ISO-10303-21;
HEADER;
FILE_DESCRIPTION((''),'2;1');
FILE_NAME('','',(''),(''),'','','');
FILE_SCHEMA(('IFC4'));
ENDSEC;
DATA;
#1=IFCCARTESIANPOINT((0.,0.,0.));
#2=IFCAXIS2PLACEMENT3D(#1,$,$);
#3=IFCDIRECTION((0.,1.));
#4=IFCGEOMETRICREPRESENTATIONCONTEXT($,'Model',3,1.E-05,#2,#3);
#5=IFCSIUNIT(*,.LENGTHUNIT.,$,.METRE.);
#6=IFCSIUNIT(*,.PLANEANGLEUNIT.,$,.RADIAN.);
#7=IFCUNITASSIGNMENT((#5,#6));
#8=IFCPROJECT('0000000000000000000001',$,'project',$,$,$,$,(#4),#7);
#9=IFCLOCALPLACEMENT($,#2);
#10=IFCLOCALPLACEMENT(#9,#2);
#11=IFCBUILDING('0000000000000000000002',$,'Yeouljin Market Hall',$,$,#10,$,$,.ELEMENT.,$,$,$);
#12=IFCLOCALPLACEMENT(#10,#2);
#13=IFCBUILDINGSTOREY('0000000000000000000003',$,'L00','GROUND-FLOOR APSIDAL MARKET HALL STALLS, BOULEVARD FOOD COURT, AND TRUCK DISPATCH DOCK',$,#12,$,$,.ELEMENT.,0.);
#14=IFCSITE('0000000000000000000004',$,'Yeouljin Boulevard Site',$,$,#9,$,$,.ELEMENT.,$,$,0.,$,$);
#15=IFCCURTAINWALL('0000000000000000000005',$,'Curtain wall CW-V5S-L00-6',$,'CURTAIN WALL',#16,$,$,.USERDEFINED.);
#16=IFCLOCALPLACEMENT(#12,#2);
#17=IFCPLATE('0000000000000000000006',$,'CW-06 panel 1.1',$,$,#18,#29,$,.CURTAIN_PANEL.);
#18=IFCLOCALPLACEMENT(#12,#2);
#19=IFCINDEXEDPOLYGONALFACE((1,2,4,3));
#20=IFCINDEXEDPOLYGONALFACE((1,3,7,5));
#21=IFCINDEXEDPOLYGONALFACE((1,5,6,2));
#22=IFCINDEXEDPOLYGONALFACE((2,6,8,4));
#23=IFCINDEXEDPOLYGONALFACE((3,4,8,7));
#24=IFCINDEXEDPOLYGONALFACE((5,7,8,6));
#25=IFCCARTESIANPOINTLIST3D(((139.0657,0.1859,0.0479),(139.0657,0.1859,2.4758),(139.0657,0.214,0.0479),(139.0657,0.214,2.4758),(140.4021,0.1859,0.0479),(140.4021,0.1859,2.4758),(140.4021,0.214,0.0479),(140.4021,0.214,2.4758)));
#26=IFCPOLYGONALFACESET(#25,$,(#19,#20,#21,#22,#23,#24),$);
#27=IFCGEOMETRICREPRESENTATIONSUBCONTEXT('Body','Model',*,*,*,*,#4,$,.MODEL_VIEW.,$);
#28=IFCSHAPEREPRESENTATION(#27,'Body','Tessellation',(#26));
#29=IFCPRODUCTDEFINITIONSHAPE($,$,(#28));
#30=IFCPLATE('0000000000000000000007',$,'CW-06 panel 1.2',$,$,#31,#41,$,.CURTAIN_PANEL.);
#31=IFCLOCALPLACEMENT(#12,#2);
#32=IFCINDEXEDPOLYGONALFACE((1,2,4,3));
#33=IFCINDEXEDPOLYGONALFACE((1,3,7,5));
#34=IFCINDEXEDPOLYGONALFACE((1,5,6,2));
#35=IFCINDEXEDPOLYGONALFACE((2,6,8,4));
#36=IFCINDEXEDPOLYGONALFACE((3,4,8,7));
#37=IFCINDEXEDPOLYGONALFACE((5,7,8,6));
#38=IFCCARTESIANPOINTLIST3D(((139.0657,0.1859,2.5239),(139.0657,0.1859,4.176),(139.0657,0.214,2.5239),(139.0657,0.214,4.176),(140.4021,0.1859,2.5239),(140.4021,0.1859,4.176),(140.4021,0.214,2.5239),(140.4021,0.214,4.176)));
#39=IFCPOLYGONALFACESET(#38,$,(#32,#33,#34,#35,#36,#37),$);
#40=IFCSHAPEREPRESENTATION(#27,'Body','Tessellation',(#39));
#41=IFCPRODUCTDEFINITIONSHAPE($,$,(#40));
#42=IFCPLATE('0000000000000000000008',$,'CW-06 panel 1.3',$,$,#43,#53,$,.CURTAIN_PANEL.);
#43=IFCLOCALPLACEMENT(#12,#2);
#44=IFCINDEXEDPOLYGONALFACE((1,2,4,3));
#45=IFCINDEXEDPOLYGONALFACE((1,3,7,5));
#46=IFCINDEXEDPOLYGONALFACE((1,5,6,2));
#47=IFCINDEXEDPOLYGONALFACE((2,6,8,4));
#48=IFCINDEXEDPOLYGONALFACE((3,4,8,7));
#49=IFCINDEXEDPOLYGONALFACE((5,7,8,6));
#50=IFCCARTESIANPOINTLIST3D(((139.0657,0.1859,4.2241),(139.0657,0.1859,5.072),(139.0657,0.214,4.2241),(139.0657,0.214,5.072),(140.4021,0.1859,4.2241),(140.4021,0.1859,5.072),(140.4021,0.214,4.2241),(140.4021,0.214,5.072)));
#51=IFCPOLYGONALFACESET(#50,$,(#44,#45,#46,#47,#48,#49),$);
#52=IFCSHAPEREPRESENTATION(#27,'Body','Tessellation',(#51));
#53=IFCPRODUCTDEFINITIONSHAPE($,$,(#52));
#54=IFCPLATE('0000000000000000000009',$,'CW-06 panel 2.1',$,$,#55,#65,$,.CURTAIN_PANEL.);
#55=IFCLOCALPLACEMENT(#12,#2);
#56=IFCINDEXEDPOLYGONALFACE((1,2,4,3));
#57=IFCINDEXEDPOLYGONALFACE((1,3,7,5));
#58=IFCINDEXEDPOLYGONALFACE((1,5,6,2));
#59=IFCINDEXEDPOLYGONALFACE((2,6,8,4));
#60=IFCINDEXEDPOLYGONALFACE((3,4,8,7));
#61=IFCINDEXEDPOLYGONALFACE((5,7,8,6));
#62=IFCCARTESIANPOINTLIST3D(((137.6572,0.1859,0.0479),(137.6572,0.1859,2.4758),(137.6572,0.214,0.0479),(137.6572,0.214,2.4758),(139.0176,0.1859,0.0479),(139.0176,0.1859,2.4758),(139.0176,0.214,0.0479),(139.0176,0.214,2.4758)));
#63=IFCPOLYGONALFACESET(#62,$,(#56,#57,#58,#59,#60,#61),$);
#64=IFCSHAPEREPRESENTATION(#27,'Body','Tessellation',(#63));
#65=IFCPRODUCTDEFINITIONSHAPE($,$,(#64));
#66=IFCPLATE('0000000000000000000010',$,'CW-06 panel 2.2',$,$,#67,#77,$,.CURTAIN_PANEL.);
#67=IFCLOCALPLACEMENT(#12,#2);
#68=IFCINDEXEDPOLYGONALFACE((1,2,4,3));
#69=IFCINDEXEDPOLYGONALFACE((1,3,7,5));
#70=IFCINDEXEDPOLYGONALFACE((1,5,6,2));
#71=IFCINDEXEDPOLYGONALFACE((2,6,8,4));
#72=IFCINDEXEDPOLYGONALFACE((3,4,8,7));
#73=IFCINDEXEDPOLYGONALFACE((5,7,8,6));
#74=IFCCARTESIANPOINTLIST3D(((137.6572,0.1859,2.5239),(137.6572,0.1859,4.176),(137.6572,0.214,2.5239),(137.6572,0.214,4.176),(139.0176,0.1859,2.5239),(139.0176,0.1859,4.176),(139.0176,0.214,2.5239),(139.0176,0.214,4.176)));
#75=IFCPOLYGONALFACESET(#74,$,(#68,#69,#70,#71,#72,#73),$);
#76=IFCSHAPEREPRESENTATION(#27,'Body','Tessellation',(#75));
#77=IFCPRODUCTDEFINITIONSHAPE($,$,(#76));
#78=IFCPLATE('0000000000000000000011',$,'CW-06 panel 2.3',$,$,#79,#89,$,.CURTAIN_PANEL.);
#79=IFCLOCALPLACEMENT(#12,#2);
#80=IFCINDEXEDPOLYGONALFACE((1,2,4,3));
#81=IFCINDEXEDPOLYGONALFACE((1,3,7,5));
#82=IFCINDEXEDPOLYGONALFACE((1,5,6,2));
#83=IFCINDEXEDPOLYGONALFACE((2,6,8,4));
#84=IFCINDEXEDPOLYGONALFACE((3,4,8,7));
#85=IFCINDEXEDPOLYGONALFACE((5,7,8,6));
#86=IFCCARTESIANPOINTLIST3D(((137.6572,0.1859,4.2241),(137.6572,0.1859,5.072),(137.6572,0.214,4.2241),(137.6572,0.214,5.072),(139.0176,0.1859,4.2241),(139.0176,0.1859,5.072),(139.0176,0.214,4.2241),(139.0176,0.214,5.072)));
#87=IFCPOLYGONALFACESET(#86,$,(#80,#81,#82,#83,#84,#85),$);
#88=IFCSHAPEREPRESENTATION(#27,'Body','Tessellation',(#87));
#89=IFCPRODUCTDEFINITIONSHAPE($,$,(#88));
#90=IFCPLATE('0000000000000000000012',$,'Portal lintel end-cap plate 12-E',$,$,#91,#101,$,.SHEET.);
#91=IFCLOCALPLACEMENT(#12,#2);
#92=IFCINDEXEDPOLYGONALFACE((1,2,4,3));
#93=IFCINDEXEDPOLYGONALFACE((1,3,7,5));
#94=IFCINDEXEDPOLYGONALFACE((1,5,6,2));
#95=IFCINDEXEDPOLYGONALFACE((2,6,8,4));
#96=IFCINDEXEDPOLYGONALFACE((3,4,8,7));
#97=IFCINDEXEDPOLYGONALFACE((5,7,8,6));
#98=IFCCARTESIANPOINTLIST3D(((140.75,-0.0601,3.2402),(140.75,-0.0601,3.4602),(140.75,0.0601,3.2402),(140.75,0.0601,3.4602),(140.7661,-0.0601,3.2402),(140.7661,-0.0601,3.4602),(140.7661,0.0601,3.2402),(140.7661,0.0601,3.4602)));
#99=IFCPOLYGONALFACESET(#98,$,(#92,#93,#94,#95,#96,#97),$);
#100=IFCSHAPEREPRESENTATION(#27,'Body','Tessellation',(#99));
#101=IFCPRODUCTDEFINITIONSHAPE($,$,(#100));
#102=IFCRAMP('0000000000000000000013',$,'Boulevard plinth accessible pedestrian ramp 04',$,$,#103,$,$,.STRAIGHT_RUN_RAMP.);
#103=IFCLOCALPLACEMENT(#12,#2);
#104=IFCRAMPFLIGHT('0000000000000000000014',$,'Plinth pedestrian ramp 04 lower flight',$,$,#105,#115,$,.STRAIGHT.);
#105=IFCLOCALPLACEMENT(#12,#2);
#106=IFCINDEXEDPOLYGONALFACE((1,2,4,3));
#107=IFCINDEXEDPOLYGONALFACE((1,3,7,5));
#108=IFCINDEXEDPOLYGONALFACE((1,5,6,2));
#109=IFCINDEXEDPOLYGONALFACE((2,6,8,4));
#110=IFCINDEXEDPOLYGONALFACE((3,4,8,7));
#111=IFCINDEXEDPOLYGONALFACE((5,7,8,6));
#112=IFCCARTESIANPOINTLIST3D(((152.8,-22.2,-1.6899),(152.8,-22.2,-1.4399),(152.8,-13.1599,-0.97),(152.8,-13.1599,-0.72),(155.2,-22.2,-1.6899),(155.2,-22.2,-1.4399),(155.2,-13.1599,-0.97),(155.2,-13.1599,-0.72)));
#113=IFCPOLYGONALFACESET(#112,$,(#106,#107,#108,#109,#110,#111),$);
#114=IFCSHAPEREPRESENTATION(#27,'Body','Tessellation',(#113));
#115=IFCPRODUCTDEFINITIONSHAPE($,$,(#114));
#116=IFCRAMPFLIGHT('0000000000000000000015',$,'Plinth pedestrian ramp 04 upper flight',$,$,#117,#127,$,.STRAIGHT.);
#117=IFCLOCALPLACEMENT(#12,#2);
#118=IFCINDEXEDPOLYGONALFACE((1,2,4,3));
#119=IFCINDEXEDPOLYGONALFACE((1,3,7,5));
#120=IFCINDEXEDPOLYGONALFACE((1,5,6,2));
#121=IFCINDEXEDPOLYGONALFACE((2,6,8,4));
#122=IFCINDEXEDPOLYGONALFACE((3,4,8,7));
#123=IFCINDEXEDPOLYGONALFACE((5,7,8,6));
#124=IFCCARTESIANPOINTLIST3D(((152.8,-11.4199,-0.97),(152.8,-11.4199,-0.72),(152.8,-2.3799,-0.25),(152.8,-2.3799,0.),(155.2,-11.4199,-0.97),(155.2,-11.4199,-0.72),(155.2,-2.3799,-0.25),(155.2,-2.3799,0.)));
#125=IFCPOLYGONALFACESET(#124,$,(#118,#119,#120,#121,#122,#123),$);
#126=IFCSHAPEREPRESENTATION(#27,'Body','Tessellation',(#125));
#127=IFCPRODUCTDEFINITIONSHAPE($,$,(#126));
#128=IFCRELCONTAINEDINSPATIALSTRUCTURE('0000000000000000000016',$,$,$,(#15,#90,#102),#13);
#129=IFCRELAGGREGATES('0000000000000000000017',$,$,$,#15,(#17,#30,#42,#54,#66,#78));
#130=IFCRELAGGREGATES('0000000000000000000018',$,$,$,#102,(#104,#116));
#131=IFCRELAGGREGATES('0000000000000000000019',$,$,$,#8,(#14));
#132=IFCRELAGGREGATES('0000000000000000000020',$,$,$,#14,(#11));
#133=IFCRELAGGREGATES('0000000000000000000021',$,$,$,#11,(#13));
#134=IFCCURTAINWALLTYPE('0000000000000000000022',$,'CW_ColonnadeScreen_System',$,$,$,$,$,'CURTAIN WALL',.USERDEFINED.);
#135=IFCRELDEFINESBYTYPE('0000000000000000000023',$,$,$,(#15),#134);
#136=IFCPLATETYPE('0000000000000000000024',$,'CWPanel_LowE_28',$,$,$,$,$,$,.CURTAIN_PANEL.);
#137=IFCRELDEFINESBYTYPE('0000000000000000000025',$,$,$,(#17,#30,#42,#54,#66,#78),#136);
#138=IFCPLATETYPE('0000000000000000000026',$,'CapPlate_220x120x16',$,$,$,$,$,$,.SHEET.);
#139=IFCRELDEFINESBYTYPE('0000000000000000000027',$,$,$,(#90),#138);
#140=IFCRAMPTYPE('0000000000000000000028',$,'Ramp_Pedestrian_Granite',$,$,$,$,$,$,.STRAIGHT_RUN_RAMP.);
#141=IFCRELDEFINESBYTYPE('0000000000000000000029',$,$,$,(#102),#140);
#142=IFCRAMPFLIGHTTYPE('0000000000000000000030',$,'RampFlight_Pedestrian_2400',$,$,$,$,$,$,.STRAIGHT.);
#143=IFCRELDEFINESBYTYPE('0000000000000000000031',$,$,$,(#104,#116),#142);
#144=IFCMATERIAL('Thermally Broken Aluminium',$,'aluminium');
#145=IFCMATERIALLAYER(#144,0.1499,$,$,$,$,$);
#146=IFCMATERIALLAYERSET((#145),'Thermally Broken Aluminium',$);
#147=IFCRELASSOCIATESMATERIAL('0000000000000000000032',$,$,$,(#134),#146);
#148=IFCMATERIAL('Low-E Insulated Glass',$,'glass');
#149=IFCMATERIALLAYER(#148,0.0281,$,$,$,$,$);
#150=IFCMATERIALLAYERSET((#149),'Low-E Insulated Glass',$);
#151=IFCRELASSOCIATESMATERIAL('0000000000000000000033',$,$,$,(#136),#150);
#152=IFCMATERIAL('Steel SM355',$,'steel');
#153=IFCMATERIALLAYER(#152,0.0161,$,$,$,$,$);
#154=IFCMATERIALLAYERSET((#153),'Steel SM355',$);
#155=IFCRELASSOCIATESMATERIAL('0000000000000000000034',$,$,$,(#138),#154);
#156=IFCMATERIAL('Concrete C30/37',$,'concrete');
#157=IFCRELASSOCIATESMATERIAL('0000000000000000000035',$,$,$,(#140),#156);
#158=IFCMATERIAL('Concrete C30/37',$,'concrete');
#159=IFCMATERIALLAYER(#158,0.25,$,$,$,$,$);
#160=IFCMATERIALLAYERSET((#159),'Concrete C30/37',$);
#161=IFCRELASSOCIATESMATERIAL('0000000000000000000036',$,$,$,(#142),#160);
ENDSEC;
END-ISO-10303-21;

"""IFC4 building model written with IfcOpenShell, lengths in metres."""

from ifc_helpers import new_model, si_unit, direction, frame, origin, origin_2d, place, context, subcontext, project, spatial, polyline, rectangle, outline, extrude, material, layer, layer_set, type_object, element, aggregate, save


model = new_model("IFC4")

# Units and contexts
model_context = context("Model", 3, precision=1e-05, world=origin(), true_north=direction((0.0, 1.0)))
body_context = subcontext(model_context, "Body", "Model", "MODEL_VIEW")
ifc_project = project(units=[si_unit("LENGTHUNIT", "METRE"), si_unit("PLANEANGLEUNIT", "RADIAN")], contexts=[model_context])

# Site, building, storey
site_placement = place(None, origin())
site = spatial("IfcSite", under=ifc_project, at=site_placement, Name="Yeouljin Boulevard Site", CompositionType="ELEMENT", RefElevation=0.0)
building_placement = place(site_placement, origin())
building = spatial("IfcBuilding", under=site, at=building_placement, Name="Yeouljin Market Hall", CompositionType="ELEMENT")
storey_placement = place(building_placement, origin())
storey = spatial("IfcBuildingStorey", under=building, at=storey_placement, Name="L00", Description="GROUND-FLOOR APSIDAL MARKET HALL STALLS, BOULEVARD FOOD COURT, AND TRUCK DISPATCH DOCK", CompositionType="ELEMENT", Elevation=0.0)

# Curtain wall, plates
ifc_material_1 = material(Name="Thermally Broken Aluminium", Category="aluminium")
ifc_layer_1 = layer(ifc_material_1, 0.1499)
ifc_layer_set_1 = layer_set([ifc_layer_1], Name="Thermally Broken Aluminium")
curtain_wall_type = type_object("IfcCurtainWallType", Name="CW_ColonnadeScreen_System", ElementType="CURTAIN WALL", PredefinedType="USERDEFINED", material=ifc_layer_set_1)
curtain_wall_placement = place(storey_placement, origin())
curtain_wall = element("IfcCurtainWall", 1, at=curtain_wall_placement, inside=storey, type_object=curtain_wall_type, Name="Curtain wall CW-V5S-L00-6", ObjectType="CURTAIN WALL", PredefinedType="USERDEFINED")
ifc_material_2 = material(Name="Low-E Insulated Glass", Category="glass")
ifc_layer_2 = layer(ifc_material_2, 0.0281)
ifc_layer_set_2 = layer_set([ifc_layer_2], Name="Low-E Insulated Glass")
plate_type_1 = type_object("IfcPlateType", Name="CWPanel_LowE_28", PredefinedType="CURTAIN_PANEL", material=ifc_layer_set_2)
plate_1_placement = place(storey_placement, frame((139.7339, 0.2, 0.0479), z_axis=(0.0, 0.0, 1.0), x_axis=(-1.0, 0.0, 0.0)))
plate_1 = element("IfcPlate", 2, at=plate_1_placement, type_object=plate_type_1, Name="CW-06 panel 1.1", PredefinedType="CURTAIN_PANEL", context=body_context, shape_type="SweptSolid", body=[
    extrude(rectangle(XDim=1.3364, YDim=0.0281, at=origin_2d()), origin(), (0.0, 0.0, 1.0), 2.428),
])
plate_2_placement = place(storey_placement, frame((139.7339, 0.2, 2.5239), z_axis=(0.0, 0.0, 1.0), x_axis=(-1.0, 0.0, 0.0)))
plate_2 = element("IfcPlate", 3, at=plate_2_placement, type_object=plate_type_1, Name="CW-06 panel 1.2", PredefinedType="CURTAIN_PANEL", context=body_context, shape_type="SweptSolid", body=[
    extrude(rectangle(XDim=1.3364, YDim=0.0281, at=origin_2d()), origin(), (0.0, 0.0, 1.0), 1.6521),
])
plate_3_placement = place(storey_placement, frame((139.7339, 0.2, 4.2241), z_axis=(0.0, 0.0, 1.0), x_axis=(-1.0, 0.0, 0.0)))
plate_3 = element("IfcPlate", 4, at=plate_3_placement, type_object=plate_type_1, Name="CW-06 panel 1.3", PredefinedType="CURTAIN_PANEL", context=body_context, shape_type="SweptSolid", body=[
    extrude(rectangle(XDim=1.3364, YDim=0.0281, at=origin_2d()), origin(), (0.0, 0.0, 1.0), 0.8479),
])
plate_4_placement = place(storey_placement, frame((138.3374, 0.2, 0.0479), z_axis=(0.0, 0.0, 1.0), x_axis=(-1.0, 0.0, 0.0)))
plate_4 = element("IfcPlate", 5, at=plate_4_placement, type_object=plate_type_1, Name="CW-06 panel 2.1", PredefinedType="CURTAIN_PANEL", context=body_context, shape_type="SweptSolid", body=[
    extrude(rectangle(XDim=1.3604, YDim=0.0281, at=origin_2d()), origin(), (0.0, 0.0, 1.0), 2.428),
])
plate_5_placement = place(storey_placement, frame((138.3374, 0.2, 2.5239), z_axis=(0.0, 0.0, 1.0), x_axis=(-1.0, 0.0, 0.0)))
plate_5 = element("IfcPlate", 6, at=plate_5_placement, type_object=plate_type_1, Name="CW-06 panel 2.2", PredefinedType="CURTAIN_PANEL", context=body_context, shape_type="SweptSolid", body=[
    extrude(rectangle(XDim=1.3604, YDim=0.0281, at=origin_2d()), origin(), (0.0, 0.0, 1.0), 1.6521),
])
plate_6_placement = place(storey_placement, frame((138.3374, 0.2, 4.2241), z_axis=(0.0, 0.0, 1.0), x_axis=(-1.0, 0.0, 0.0)))
plate_6 = element("IfcPlate", 7, at=plate_6_placement, type_object=plate_type_1, Name="CW-06 panel 2.3", PredefinedType="CURTAIN_PANEL", context=body_context, shape_type="SweptSolid", body=[
    extrude(rectangle(XDim=1.3604, YDim=0.0281, at=origin_2d()), origin(), (0.0, 0.0, 1.0), 0.8479),
])
aggregate(curtain_wall, [plate_1, plate_2, plate_3, plate_4, plate_5, plate_6])

# Plate
ifc_material_3 = material(Name="Steel SM355", Category="steel")
ifc_layer_3 = layer(ifc_material_3, 0.0161)
ifc_layer_set_3 = layer_set([ifc_layer_3], Name="Steel SM355")
plate_type_2 = type_object("IfcPlateType", Name="CapPlate_220x120x16", PredefinedType="SHEET", material=ifc_layer_set_3)
plate_7_placement = place(storey_placement, frame((140.7581, 0.0, 3.2402), z_axis=(0.0, 0.0, 1.0), x_axis=(0.0, 1.0, 0.0)))
element("IfcPlate", 8, at=plate_7_placement, inside=storey, type_object=plate_type_2, Name="Portal lintel end-cap plate 12-E", PredefinedType="SHEET", context=body_context, shape_type="SweptSolid", body=[
    extrude(rectangle(XDim=0.1201, YDim=0.0161, at=origin_2d()), origin(), (0.0, 0.0, 1.0), 0.22),
])

# Ramp, ramp flights
ifc_material_4 = material(Name="Concrete C30/37", Category="concrete")
ramp_type = type_object("IfcRampType", Name="Ramp_Pedestrian_Granite", PredefinedType="STRAIGHT_RUN_RAMP", material=ifc_material_4)
ramp_placement = place(storey_placement, origin())
ramp = element("IfcRamp", 9, at=ramp_placement, inside=storey, type_object=ramp_type, Name="Boulevard plinth accessible pedestrian ramp 04", PredefinedType="STRAIGHT_RUN_RAMP")
ifc_material_5 = material(Name="Concrete C30/37", Category="concrete")
ifc_layer_4 = layer(ifc_material_5, 0.25)
ifc_layer_set_4 = layer_set([ifc_layer_4], Name="Concrete C30/37")
ramp_flight_type = type_object("IfcRampFlightType", Name="RampFlight_Pedestrian_2400", PredefinedType="STRAIGHT", material=ifc_layer_set_4)
ramp_flight_1_placement = place(storey_placement, frame((154.0, -22.2, -1.4399), z_axis=(0.0, 0.0, 1.0), x_axis=(0.0, 1.0, 0.0)))
ramp_flight_1 = element("IfcRampFlight", 10, at=ramp_flight_1_placement, type_object=ramp_flight_type, Name="Plinth pedestrian ramp 04 lower flight", PredefinedType="STRAIGHT", context=body_context, shape_type="SweptSolid", body=[
    extrude(outline(polyline([(0.0, 0.0), (9.04, 0.72), (9.04, 0.47), (0.0, -0.25), (0.0, 0.0)])), frame((0.0, 1.2, 0.0), z_axis=(0.0, -1.0, 0.0), x_axis=(1.0, 0.0, 0.0)), (0.0, 0.0, 1.0), 2.3999),
])
ramp_flight_2_placement = place(storey_placement, frame((154.0, -11.4199, -0.72), z_axis=(0.0, 0.0, 1.0), x_axis=(0.0, 1.0, 0.0)))
ramp_flight_2 = element("IfcRampFlight", 11, at=ramp_flight_2_placement, type_object=ramp_flight_type, Name="Plinth pedestrian ramp 04 upper flight", PredefinedType="STRAIGHT", context=body_context, shape_type="SweptSolid", body=[
    extrude(outline(polyline([(0.0, 0.0), (9.04, 0.72), (9.04, 0.47), (0.0, -0.25), (0.0, 0.0)])), frame((0.0, 1.2, 0.0), z_axis=(0.0, -1.0, 0.0), x_axis=(1.0, 0.0, 0.0)), (0.0, 0.0, 1.0), 2.3999),
])
aggregate(ramp, [ramp_flight_1, ramp_flight_2])

save(model, "model.ifc")
